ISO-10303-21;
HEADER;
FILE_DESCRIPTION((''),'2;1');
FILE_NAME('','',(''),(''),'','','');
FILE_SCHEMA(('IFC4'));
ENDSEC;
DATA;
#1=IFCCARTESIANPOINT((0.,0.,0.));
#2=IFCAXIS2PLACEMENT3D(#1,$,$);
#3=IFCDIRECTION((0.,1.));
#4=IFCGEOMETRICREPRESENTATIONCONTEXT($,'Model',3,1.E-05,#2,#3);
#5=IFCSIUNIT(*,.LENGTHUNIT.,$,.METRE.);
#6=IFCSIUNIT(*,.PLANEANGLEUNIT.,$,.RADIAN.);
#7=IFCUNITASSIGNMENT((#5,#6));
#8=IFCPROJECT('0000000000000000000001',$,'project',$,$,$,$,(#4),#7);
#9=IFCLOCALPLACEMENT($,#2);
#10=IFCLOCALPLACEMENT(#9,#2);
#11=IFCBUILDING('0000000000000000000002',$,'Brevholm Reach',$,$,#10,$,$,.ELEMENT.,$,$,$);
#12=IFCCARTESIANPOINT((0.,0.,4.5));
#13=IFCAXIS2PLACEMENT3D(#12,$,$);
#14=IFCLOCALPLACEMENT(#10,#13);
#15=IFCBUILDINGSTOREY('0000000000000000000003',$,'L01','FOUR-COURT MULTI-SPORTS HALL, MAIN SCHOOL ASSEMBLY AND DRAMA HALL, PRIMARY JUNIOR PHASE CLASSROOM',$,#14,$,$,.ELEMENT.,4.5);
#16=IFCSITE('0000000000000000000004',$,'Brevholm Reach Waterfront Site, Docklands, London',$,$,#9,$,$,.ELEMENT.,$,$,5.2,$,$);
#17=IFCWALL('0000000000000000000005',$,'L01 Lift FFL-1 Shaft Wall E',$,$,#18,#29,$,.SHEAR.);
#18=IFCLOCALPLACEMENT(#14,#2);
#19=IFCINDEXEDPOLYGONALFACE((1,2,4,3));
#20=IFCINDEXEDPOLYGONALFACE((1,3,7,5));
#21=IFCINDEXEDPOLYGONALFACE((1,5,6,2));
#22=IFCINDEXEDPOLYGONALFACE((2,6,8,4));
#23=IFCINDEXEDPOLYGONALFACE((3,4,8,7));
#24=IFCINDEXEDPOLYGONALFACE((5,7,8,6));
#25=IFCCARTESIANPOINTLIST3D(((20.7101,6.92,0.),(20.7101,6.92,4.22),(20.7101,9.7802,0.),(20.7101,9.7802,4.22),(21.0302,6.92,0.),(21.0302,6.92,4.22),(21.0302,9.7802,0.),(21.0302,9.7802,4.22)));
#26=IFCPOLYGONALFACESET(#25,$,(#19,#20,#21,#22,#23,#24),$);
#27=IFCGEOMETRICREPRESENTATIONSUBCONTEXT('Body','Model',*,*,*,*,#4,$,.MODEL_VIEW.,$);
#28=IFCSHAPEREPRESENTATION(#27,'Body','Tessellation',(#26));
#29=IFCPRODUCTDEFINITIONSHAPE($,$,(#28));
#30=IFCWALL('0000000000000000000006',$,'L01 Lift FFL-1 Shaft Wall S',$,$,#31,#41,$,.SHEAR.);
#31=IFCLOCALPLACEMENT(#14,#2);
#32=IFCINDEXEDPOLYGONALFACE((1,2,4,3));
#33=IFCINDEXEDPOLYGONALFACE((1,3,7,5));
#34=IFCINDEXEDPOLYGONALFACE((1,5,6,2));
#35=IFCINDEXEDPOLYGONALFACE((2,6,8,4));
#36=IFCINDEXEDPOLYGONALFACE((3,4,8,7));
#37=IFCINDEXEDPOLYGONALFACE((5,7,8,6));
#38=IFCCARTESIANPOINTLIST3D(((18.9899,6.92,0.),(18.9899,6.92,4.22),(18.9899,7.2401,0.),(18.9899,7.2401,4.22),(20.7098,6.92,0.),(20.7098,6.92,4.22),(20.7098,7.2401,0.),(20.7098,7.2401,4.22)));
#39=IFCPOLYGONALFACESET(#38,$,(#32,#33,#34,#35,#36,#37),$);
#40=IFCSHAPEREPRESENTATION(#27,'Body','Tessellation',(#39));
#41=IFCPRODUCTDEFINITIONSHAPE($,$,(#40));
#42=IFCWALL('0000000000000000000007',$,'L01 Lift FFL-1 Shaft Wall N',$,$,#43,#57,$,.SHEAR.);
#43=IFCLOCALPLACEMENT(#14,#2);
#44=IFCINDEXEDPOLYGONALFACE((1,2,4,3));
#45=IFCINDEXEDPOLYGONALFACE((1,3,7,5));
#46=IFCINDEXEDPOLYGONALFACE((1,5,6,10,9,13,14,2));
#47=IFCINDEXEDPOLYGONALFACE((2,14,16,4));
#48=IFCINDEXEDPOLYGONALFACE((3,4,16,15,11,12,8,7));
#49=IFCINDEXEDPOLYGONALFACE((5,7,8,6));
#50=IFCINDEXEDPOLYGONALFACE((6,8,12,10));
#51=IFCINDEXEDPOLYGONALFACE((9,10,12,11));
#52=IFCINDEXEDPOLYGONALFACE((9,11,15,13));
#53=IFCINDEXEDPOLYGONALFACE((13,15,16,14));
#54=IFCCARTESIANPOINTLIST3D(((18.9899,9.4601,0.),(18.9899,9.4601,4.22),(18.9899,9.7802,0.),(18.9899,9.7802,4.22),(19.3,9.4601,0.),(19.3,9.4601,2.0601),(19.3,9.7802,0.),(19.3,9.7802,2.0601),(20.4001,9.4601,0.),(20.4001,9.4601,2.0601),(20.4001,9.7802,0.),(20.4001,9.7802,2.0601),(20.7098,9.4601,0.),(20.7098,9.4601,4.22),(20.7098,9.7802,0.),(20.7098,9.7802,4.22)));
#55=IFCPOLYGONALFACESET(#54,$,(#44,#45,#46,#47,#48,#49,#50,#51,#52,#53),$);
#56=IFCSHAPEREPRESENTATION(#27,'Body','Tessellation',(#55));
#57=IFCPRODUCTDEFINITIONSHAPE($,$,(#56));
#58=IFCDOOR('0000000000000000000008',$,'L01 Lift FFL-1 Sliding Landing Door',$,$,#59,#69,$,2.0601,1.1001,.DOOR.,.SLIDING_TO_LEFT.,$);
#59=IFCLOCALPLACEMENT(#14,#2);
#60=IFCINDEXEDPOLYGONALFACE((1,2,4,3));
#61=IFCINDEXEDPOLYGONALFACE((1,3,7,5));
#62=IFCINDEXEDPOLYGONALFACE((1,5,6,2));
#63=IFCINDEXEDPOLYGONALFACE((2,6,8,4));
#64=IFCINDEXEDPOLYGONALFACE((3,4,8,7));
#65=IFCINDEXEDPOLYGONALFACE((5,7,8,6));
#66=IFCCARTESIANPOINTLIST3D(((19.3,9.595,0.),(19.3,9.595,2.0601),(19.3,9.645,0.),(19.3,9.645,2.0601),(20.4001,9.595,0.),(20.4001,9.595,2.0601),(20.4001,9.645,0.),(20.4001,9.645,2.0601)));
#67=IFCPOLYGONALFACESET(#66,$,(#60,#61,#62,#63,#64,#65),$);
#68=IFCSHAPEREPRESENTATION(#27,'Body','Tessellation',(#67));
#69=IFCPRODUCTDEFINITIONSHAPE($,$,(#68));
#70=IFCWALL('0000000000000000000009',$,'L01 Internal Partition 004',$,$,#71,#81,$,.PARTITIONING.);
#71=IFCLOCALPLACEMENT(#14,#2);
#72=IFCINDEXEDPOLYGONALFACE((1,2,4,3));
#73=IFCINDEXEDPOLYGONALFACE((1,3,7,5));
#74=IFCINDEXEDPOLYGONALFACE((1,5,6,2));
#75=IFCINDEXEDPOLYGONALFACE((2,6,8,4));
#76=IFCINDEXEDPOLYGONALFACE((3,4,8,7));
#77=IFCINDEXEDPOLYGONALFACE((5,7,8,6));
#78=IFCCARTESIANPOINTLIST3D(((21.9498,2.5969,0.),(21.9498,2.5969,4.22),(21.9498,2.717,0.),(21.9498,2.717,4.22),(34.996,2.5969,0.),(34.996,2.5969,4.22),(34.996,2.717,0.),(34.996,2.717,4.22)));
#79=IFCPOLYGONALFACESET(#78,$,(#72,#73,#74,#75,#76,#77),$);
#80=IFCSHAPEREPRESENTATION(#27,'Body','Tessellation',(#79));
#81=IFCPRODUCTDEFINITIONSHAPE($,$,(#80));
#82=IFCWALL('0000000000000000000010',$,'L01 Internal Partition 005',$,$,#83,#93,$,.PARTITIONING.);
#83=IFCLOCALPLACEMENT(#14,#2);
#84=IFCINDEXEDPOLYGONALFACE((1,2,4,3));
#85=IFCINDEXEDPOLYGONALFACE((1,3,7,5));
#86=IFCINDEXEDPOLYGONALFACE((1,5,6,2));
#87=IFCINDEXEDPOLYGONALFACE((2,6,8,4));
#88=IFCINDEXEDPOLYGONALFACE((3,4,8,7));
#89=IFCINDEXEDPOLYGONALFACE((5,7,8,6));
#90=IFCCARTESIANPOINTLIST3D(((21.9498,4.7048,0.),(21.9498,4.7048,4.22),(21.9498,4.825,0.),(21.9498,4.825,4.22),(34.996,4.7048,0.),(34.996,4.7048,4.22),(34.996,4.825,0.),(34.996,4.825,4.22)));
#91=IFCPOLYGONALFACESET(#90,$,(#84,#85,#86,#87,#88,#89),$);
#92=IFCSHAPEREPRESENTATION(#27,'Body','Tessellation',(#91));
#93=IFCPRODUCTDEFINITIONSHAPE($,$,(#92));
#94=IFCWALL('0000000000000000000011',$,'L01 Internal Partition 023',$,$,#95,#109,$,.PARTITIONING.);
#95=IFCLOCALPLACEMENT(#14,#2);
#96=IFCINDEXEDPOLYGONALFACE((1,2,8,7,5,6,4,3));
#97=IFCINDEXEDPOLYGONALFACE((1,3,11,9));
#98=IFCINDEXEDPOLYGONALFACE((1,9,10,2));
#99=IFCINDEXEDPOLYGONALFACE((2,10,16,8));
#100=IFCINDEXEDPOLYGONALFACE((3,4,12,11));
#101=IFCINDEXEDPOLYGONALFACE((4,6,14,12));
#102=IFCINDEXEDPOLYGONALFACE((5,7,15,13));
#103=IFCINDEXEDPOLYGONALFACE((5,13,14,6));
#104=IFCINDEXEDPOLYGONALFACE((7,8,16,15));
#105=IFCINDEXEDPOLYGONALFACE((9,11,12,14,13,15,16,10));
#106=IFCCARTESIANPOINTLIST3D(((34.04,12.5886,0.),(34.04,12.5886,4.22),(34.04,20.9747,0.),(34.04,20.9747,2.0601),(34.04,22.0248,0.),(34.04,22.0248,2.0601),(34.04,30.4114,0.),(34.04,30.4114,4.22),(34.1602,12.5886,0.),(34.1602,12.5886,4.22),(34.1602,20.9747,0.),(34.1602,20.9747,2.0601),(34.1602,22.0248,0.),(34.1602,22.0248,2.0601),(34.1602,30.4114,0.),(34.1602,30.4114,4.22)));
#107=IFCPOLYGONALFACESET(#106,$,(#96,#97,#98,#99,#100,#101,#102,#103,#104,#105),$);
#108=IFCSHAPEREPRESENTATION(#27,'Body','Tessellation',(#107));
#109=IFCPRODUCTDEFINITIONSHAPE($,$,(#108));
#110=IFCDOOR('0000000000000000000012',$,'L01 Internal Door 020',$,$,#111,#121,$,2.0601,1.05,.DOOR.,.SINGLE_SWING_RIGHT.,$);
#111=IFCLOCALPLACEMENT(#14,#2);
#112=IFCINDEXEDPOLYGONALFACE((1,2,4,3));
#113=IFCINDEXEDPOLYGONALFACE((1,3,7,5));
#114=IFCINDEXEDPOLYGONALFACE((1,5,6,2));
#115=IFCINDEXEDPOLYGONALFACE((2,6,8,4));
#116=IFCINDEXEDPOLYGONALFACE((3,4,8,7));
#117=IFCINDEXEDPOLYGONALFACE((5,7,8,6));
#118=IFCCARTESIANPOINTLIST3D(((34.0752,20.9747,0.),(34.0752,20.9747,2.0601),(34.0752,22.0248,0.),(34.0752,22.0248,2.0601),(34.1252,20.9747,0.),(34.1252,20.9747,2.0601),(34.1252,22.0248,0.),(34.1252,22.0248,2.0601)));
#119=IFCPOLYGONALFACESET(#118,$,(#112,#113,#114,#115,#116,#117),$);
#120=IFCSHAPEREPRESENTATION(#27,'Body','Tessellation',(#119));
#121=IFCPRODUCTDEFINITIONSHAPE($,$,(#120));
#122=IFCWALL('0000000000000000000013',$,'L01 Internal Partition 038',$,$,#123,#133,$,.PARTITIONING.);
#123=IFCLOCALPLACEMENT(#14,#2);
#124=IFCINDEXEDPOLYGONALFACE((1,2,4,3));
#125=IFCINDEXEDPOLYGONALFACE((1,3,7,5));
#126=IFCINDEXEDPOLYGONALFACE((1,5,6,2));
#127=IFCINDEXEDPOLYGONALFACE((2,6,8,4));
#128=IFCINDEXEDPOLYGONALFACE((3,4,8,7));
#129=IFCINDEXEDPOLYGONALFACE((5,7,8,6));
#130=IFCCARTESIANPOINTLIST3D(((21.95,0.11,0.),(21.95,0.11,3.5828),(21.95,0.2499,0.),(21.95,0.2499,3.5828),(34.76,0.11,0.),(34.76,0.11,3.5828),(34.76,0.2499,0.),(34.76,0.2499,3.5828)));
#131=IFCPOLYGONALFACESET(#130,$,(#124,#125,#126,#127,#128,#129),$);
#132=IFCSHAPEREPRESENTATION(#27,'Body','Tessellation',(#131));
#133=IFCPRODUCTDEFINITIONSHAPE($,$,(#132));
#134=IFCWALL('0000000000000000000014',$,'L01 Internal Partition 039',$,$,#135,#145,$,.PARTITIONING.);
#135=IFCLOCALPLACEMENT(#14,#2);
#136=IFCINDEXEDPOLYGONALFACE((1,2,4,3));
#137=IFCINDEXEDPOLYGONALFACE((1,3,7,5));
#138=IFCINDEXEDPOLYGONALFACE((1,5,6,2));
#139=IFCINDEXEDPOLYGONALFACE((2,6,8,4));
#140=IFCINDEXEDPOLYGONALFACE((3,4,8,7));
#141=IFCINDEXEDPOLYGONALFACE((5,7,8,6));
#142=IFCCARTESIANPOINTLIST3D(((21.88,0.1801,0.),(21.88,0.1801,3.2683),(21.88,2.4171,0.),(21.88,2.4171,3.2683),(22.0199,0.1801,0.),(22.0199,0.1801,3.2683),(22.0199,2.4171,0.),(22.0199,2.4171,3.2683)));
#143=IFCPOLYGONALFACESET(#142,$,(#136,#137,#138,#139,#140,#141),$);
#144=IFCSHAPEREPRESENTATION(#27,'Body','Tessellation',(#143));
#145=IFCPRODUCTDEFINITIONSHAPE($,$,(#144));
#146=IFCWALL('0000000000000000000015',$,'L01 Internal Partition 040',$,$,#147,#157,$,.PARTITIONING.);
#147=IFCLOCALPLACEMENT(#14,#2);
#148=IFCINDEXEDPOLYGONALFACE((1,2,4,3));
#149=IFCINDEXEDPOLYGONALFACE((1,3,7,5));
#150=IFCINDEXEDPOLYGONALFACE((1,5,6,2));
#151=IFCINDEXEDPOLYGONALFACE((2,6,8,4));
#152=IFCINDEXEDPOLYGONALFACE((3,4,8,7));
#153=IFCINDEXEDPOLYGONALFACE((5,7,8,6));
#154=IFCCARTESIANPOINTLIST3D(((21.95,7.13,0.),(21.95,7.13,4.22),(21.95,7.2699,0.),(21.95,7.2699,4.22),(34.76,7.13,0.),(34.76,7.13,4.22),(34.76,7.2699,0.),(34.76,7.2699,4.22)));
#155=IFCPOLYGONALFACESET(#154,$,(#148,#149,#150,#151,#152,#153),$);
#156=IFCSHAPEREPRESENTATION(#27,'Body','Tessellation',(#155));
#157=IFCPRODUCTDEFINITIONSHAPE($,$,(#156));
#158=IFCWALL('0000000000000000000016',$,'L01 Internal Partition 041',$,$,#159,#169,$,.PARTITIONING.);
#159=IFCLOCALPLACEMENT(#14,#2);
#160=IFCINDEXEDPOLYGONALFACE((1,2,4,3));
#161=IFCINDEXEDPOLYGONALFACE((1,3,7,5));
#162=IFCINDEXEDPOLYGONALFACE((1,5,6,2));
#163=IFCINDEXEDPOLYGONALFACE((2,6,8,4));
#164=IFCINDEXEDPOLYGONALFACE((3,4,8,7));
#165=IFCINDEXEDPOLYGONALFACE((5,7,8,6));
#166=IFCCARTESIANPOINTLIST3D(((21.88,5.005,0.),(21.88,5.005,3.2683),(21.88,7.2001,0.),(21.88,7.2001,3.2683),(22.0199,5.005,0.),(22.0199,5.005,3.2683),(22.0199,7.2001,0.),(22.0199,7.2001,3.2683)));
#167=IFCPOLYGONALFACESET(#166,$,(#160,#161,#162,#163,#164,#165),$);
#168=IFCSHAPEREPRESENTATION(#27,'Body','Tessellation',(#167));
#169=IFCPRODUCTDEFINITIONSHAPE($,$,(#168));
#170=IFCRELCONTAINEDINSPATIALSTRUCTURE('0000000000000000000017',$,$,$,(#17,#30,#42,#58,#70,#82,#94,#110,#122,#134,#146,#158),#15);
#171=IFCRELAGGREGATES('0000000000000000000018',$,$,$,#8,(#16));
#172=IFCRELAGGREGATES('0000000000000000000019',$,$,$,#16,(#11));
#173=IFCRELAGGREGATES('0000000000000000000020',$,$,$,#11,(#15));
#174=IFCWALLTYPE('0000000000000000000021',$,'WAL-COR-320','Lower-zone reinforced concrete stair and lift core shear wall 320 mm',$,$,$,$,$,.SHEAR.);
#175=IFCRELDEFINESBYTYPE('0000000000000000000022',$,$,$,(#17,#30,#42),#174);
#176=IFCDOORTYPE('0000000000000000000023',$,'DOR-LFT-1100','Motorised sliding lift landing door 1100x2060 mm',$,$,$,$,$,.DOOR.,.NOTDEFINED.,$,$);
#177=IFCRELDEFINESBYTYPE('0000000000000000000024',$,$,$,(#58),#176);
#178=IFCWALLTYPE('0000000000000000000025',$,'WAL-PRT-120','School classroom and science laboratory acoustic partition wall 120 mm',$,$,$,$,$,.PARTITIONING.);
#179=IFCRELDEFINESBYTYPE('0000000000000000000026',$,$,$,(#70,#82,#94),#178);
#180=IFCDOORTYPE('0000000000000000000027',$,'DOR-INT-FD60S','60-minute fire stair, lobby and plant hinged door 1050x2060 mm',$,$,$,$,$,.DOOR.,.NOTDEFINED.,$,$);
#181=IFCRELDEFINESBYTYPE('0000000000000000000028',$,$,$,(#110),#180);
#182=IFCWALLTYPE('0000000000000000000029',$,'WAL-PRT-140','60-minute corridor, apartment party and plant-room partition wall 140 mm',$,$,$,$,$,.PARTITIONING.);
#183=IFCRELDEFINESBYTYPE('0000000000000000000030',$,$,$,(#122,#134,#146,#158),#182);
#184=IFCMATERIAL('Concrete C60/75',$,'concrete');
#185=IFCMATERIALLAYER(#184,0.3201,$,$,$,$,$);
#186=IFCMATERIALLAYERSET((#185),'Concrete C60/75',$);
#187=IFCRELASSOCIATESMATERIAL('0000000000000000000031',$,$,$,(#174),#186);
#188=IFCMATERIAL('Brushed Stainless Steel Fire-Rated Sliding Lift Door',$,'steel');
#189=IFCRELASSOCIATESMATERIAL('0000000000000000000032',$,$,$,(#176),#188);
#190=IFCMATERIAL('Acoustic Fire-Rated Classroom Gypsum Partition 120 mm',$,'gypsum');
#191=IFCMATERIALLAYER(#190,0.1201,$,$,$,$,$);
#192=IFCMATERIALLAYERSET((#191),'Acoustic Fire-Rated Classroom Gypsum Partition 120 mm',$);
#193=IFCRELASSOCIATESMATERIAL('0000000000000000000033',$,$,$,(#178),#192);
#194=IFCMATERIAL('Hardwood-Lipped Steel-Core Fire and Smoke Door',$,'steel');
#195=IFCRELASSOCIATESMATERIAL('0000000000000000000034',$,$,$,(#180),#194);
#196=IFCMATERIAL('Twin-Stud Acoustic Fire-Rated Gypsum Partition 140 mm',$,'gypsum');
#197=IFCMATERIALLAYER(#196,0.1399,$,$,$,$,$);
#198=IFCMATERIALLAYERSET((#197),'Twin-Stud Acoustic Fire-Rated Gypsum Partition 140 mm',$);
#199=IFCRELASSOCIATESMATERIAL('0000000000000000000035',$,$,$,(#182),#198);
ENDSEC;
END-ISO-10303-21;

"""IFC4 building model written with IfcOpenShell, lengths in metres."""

from ifc_helpers import new_model, si_unit, direction, frame, frame_2d, origin, place, context, subcontext, project, spatial, rectangle, extrude, material, layer, layer_set, type_object, element, fill, save


model = new_model("IFC4")

# Units and contexts
model_context = context("Model", 3, precision=1e-05, world=origin(), true_north=direction((0.0, 1.0)))
body_context = subcontext(model_context, "Body", "Model", "MODEL_VIEW")
ifc_project = project(units=[si_unit("LENGTHUNIT", "METRE"), si_unit("PLANEANGLEUNIT", "RADIAN")], contexts=[model_context])

# Site, building, storey
site_placement = place(None, origin())
site = spatial("IfcSite", under=ifc_project, at=site_placement, Name="Brevholm Reach Waterfront Site, Docklands, London", CompositionType="ELEMENT", RefElevation=5.2)
building_placement = place(site_placement, origin())
building = spatial("IfcBuilding", under=site, at=building_placement, Name="Brevholm Reach", CompositionType="ELEMENT")
storey_placement = place(building_placement, frame((0.0, 0.0, 4.5)))
storey = spatial("IfcBuildingStorey", under=building, at=storey_placement, Name="L01", Description="FOUR-COURT MULTI-SPORTS HALL, MAIN SCHOOL ASSEMBLY AND DRAMA HALL, PRIMARY JUNIOR PHASE CLASSROOM", CompositionType="ELEMENT", Elevation=4.5)

# Walls
ifc_material_1 = material(Name="Concrete C60/75", Category="concrete")
ifc_layer_1 = layer(ifc_material_1, 0.3201)
ifc_layer_set_1 = layer_set([ifc_layer_1], Name="Concrete C60/75")
wall_type_1 = type_object("IfcWallType", Name="WAL-COR-320", Description="Lower-zone reinforced concrete stair and lift core shear wall 320 mm", PredefinedType="SHEAR", material=ifc_layer_set_1)
for number, where, z_axis, x_axis, name in (
    (1, (20.8701, 6.9199, 0.0), (0.0, 0.0, 1.0), (0.0, 1.0, 0.0), "L01 Lift FFL-1 Shaft Wall E"),
):
    element("IfcWall", number, at=place(storey_placement, frame(where, z_axis=z_axis, x_axis=x_axis)), inside=storey, type_object=wall_type_1, Name=name, PredefinedType="SHEAR", context=body_context, shape_type="SweptSolid", body=[
        extrude(rectangle(XDim=2.8601, YDim=0.3201, at=frame_2d((1.4302, 0.0))), origin(), (0.0, 0.0, 1.0), 4.22),
    ])
wall_1_placement = place(storey_placement, frame((18.99, 7.0801, 0.0), z_axis=(0.0, 0.0, 1.0), x_axis=(1.0, 0.0, 0.0)))
element("IfcWall", 2, at=wall_1_placement, inside=storey, type_object=wall_type_1, Name="L01 Lift FFL-1 Shaft Wall S", PredefinedType="SHEAR", context=body_context, shape_type="SweptSolid", body=[
    extrude(rectangle(XDim=1.72, YDim=0.3201, at=frame_2d((0.8599, 0.0))), origin(), (0.0, 0.0, 1.0), 4.22),
])

# Wall, opening, door
wall_2_placement = place(storey_placement, frame((18.99, 9.6201, 0.0), z_axis=(0.0, 0.0, 1.0), x_axis=(1.0, 0.0, 0.0)))
wall_2 = element("IfcWall", 3, at=wall_2_placement, inside=storey, type_object=wall_type_1, Name="L01 Lift FFL-1 Shaft Wall N", PredefinedType="SHEAR", context=body_context, shape_type="SweptSolid", body=[
    extrude(rectangle(XDim=1.72, YDim=0.3201, at=frame_2d((0.8599, 0.0))), origin(), (0.0, 0.0, 1.0), 4.22),
])
opening_1_placement = place(wall_2_placement, frame((0.3101, 0.0, 0.0)))
opening_1 = element("IfcOpeningElement", 4, at=opening_1_placement, cuts=wall_2, PredefinedType="OPENING", context=body_context, shape_type="SweptSolid", body=[
    extrude(rectangle(XDim=1.1001, YDim=2.0601, at=frame_2d((0.55, 1.03))), frame((0.0, 0.1699, 0.0), z_axis=(0.0, -1.0, 0.0), x_axis=(1.0, 0.0, 0.0)), (0.0, 0.0, 1.0), 0.3401),
])
ifc_material_2 = material(Name="Brushed Stainless Steel Fire-Rated Sliding Lift Door", Category="steel")
door_type_1 = type_object("IfcDoorType", Name="DOR-LFT-1100", Description="Motorised sliding lift landing door 1100x2060 mm", OperationType="NOTDEFINED", PredefinedType="DOOR", material=ifc_material_2)
door_1_placement = place(opening_1_placement, origin())
door_1 = element("IfcDoor", 5, at=door_1_placement, inside=storey, type_object=door_type_1, Name="L01 Lift FFL-1 Sliding Landing Door", OperationType="SLIDING_TO_LEFT", OverallHeight=2.0601, OverallWidth=1.1001, PredefinedType="DOOR", context=body_context, shape_type="SweptSolid", body=[
    extrude(rectangle(XDim=1.1001, YDim=2.0601, at=frame_2d((0.55, 1.03))), frame((0.0, 0.0249, 0.0), z_axis=(0.0, -1.0, 0.0), x_axis=(1.0, 0.0, 0.0)), (0.0, 0.0, 1.0), 0.05),
])
fill(opening_1, door_1)

# Walls
ifc_material_3 = material(Name="Acoustic Fire-Rated Classroom Gypsum Partition 120 mm", Category="gypsum")
ifc_layer_2 = layer(ifc_material_3, 0.1201)
ifc_layer_set_2 = layer_set([ifc_layer_2], Name="Acoustic Fire-Rated Classroom Gypsum Partition 120 mm")
wall_type_2 = type_object("IfcWallType", Name="WAL-PRT-120", Description="School classroom and science laboratory acoustic partition wall 120 mm", PredefinedType="PARTITIONING", material=ifc_layer_set_2)
for number, where, z_axis, x_axis, name in (
    (6, (21.95, 2.657, 0.0), (0.0, 0.0, 1.0), (1.0, 0.0, 0.0), "L01 Internal Partition 004"),
    (7, (21.95, 4.7649, 0.0), (0.0, 0.0, 1.0), (1.0, 0.0, 0.0), "L01 Internal Partition 005"),
):
    element("IfcWall", number, at=place(storey_placement, frame(where, z_axis=z_axis, x_axis=x_axis)), inside=storey, type_object=wall_type_2, Name=name, PredefinedType="PARTITIONING", context=body_context, shape_type="SweptSolid", body=[
        extrude(rectangle(XDim=13.0461, YDim=0.1201, at=frame_2d((6.5229, 0.0))), origin(), (0.0, 0.0, 1.0), 4.22),
    ])

# Wall, opening, door
wall_3_placement = place(storey_placement, frame((34.1001, 12.5886, 0.0), z_axis=(0.0, 0.0, 1.0), x_axis=(0.0, 1.0, 0.0)))
wall_3 = element("IfcWall", 8, at=wall_3_placement, inside=storey, type_object=wall_type_2, Name="L01 Internal Partition 023", PredefinedType="PARTITIONING", context=body_context, shape_type="SweptSolid", body=[
    extrude(rectangle(XDim=17.8228, YDim=0.1201, at=frame_2d((8.9114, 0.0))), origin(), (0.0, 0.0, 1.0), 4.22),
])
opening_2_placement = place(wall_3_placement, frame((8.3862, 0.0, 0.0)))
opening_2 = element("IfcOpeningElement", 9, at=opening_2_placement, cuts=wall_3, PredefinedType="OPENING", context=body_context, shape_type="SweptSolid", body=[
    extrude(rectangle(XDim=1.05, YDim=2.0601, at=frame_2d((0.5249, 1.03))), frame((0.0, 0.0701, 0.0), z_axis=(0.0, -1.0, 0.0), x_axis=(1.0, 0.0, 0.0)), (0.0, 0.0, 1.0), 0.1401),
])
ifc_material_4 = material(Name="Hardwood-Lipped Steel-Core Fire and Smoke Door", Category="steel")
door_type_2 = type_object("IfcDoorType", Name="DOR-INT-FD60S", Description="60-minute fire stair, lobby and plant hinged door 1050x2060 mm", OperationType="NOTDEFINED", PredefinedType="DOOR", material=ifc_material_4)
door_2_placement = place(opening_2_placement, origin())
door_2 = element("IfcDoor", 10, at=door_2_placement, inside=storey, type_object=door_type_2, Name="L01 Internal Door 020", OperationType="SINGLE_SWING_RIGHT", OverallHeight=2.0601, OverallWidth=1.05, PredefinedType="DOOR", context=body_context, shape_type="SweptSolid", body=[
    extrude(rectangle(XDim=1.05, YDim=2.0601, at=frame_2d((0.5249, 1.03))), frame((0.0, 0.0249, 0.0), z_axis=(0.0, -1.0, 0.0), x_axis=(1.0, 0.0, 0.0)), (0.0, 0.0, 1.0), 0.05),
])
fill(opening_2, door_2)

# Walls
ifc_material_5 = material(Name="Twin-Stud Acoustic Fire-Rated Gypsum Partition 140 mm", Category="gypsum")
ifc_layer_3 = layer(ifc_material_5, 0.1399)
ifc_layer_set_3 = layer_set([ifc_layer_3], Name="Twin-Stud Acoustic Fire-Rated Gypsum Partition 140 mm")
wall_type_3 = type_object("IfcWallType", Name="WAL-PRT-140", Description="60-minute corridor, apartment party and plant-room partition wall 140 mm", PredefinedType="PARTITIONING", material=ifc_layer_set_3)
wall_4_placement = place(storey_placement, frame((21.95, 0.1799, 0.0), z_axis=(0.0, 0.0, 1.0), x_axis=(1.0, 0.0, 0.0)))
element("IfcWall", 11, at=wall_4_placement, inside=storey, type_object=wall_type_3, Name="L01 Internal Partition 038", PredefinedType="PARTITIONING", context=body_context, shape_type="SweptSolid", body=[
    extrude(rectangle(XDim=12.8101, YDim=0.1399, at=frame_2d((6.405, 0.0))), origin(), (0.0, 0.0, 1.0), 3.5828),
])
wall_5_placement = place(storey_placement, frame((21.95, 0.1799, 0.0), z_axis=(0.0, 0.0, 1.0), x_axis=(0.0, 1.0, 0.0)))
element("IfcWall", 12, at=wall_5_placement, inside=storey, type_object=wall_type_3, Name="L01 Internal Partition 039", PredefinedType="PARTITIONING", context=body_context, shape_type="SweptSolid", body=[
    extrude(rectangle(XDim=2.2371, YDim=0.1399, at=frame_2d((1.1187, 0.0))), origin(), (0.0, 0.0, 1.0), 3.2683),
])
wall_6_placement = place(storey_placement, frame((21.95, 7.2, 0.0), z_axis=(0.0, 0.0, 1.0), x_axis=(1.0, 0.0, 0.0)))
element("IfcWall", 13, at=wall_6_placement, inside=storey, type_object=wall_type_3, Name="L01 Internal Partition 040", PredefinedType="PARTITIONING", context=body_context, shape_type="SweptSolid", body=[
    extrude(rectangle(XDim=12.8101, YDim=0.1399, at=frame_2d((6.405, 0.0))), origin(), (0.0, 0.0, 1.0), 4.22),
])
wall_7_placement = place(storey_placement, frame((21.95, 5.0049, 0.0), z_axis=(0.0, 0.0, 1.0), x_axis=(0.0, 1.0, 0.0)))
element("IfcWall", 14, at=wall_7_placement, inside=storey, type_object=wall_type_3, Name="L01 Internal Partition 041", PredefinedType="PARTITIONING", context=body_context, shape_type="SweptSolid", body=[
    extrude(rectangle(XDim=2.1951, YDim=0.1399, at=frame_2d((1.0977, 0.0))), origin(), (0.0, 0.0, 1.0), 3.2683),
])

save(model, "model.ifc")
